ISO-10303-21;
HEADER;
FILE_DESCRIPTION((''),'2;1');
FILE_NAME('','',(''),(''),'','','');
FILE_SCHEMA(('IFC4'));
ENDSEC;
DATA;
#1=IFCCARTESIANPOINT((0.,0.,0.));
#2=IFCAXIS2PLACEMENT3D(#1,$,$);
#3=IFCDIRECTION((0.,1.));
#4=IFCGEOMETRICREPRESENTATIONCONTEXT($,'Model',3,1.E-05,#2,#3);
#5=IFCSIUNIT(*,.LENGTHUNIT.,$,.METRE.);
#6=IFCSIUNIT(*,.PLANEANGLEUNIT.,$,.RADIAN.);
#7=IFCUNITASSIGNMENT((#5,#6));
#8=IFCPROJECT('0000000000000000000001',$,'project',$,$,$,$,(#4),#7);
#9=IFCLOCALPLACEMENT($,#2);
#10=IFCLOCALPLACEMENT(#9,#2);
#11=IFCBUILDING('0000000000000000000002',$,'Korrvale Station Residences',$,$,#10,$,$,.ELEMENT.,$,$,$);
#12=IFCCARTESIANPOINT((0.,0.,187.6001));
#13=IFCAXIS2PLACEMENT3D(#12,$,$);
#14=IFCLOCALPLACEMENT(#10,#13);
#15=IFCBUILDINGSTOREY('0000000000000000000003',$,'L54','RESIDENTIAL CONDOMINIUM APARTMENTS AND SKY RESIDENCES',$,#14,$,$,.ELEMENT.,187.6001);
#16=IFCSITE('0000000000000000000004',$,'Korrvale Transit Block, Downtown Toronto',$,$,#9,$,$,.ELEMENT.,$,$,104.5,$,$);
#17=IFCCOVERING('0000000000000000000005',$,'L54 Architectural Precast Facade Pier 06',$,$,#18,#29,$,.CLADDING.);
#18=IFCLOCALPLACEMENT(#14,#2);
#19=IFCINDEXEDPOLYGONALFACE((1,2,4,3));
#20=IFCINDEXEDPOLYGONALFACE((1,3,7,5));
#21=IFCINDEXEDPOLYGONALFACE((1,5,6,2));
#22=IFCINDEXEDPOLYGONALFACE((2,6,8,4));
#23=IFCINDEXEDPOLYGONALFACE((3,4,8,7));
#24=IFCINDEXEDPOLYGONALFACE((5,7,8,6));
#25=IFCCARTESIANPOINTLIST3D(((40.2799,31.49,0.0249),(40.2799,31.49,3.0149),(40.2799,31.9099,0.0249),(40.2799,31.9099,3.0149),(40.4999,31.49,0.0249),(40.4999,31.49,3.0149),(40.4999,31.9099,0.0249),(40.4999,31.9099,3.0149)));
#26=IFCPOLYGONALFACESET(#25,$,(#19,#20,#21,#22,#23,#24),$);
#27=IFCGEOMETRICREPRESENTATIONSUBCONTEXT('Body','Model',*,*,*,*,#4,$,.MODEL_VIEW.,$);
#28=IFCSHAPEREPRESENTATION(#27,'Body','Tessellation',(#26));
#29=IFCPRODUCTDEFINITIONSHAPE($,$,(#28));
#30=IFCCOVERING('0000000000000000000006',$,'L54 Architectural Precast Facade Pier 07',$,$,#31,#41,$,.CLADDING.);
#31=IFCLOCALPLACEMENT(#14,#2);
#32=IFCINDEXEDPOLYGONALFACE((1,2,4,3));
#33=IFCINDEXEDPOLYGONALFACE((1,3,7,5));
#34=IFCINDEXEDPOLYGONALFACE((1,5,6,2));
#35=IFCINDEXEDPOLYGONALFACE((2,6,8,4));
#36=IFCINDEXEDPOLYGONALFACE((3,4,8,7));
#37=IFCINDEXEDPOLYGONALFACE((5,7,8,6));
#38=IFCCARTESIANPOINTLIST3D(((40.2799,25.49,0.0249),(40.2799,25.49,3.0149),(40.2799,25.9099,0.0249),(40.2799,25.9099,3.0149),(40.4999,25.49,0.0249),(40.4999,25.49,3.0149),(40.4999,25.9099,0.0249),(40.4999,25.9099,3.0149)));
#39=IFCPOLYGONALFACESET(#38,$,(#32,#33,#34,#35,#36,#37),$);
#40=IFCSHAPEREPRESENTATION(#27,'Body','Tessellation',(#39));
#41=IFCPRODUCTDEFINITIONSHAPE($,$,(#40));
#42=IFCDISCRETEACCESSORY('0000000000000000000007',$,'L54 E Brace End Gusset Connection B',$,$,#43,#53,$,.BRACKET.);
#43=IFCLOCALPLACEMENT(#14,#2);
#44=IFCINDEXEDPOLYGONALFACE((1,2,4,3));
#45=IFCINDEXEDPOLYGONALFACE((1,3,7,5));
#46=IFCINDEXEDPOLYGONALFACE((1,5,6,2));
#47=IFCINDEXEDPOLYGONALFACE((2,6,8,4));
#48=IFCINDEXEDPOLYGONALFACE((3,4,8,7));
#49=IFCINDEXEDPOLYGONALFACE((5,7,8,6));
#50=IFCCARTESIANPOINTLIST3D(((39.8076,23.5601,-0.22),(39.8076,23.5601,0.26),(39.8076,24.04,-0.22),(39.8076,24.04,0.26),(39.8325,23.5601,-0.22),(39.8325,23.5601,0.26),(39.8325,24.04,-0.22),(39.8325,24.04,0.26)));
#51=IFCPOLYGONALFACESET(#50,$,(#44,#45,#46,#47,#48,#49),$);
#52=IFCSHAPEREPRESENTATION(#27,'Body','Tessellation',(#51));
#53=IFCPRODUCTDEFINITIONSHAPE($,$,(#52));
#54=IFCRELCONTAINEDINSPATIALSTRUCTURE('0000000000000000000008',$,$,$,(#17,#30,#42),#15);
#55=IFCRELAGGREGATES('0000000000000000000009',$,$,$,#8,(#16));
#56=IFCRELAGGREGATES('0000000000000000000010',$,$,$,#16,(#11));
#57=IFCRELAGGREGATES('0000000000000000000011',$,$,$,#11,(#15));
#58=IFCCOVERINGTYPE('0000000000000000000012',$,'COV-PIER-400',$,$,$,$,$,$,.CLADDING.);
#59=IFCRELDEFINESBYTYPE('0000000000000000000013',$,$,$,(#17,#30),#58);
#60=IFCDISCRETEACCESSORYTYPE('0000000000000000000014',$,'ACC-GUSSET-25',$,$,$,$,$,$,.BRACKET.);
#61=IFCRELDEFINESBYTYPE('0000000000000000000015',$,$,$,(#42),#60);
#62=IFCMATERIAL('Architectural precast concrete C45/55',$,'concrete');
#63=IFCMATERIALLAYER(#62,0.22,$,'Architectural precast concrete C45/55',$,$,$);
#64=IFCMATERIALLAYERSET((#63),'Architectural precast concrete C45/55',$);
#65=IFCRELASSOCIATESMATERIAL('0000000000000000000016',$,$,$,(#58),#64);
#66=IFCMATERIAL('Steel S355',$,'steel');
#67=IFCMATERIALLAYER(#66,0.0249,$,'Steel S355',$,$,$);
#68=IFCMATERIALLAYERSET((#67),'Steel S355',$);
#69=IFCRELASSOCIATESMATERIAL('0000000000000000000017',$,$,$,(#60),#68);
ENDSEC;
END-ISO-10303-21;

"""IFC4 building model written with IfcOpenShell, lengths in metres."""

from ifc_helpers import new_model, si_unit, direction, frame, origin, origin_2d, place, context, subcontext, project, spatial, rectangle, extrude, material, layer, layer_set, type_object, element, save


model = new_model("IFC4")

# Units and contexts
model_context = context("Model", 3, precision=1e-05, world=origin(), true_north=direction((0.0, 1.0)))
body_context = subcontext(model_context, "Body", "Model", "MODEL_VIEW")
ifc_project = project(units=[si_unit("LENGTHUNIT", "METRE"), si_unit("PLANEANGLEUNIT", "RADIAN")], contexts=[model_context])

# Site, building, storey
site_placement = place(None, origin())
site = spatial("IfcSite", under=ifc_project, at=site_placement, Name="Korrvale Transit Block, Downtown Toronto", CompositionType="ELEMENT", RefElevation=104.5)
building_placement = place(site_placement, origin())
building = spatial("IfcBuilding", under=site, at=building_placement, Name="Korrvale Station Residences", CompositionType="ELEMENT")
storey_placement = place(building_placement, frame((0.0, 0.0, 187.6001)))
storey = spatial("IfcBuildingStorey", under=building, at=storey_placement, Name="L54", Description="RESIDENTIAL CONDOMINIUM APARTMENTS AND SKY RESIDENCES", CompositionType="ELEMENT", Elevation=187.6001)

# Shared definitions
ifc_material_1 = material(Name="Steel S355", Category="steel")

# Coverings
ifc_material_2 = material(Name="Architectural precast concrete C45/55", Category="concrete")
ifc_layer_1 = layer(ifc_material_2, 0.22, Name="Architectural precast concrete C45/55")
ifc_layer_set_1 = layer_set([ifc_layer_1], Name="Architectural precast concrete C45/55")
covering_type = type_object("IfcCoveringType", Name="COV-PIER-400", PredefinedType="CLADDING", material=ifc_layer_set_1)
for number, where, z_axis, x_axis, name in (
    (1, (40.3899, 31.7, 0.0249), (0.0, 0.0, 1.0), (0.0, 1.0, 0.0), "L54 Architectural Precast Facade Pier 06"),
    (2, (40.3899, 25.7, 0.0249), (0.0, 0.0, 1.0), (0.0, 1.0, 0.0), "L54 Architectural Precast Facade Pier 07"),
):
    element("IfcCovering", number, at=place(storey_placement, frame(where, z_axis=z_axis, x_axis=x_axis)), inside=storey, type_object=covering_type, Name=name, PredefinedType="CLADDING", context=body_context, shape_type="SweptSolid", body=[
        extrude(rectangle(XDim=0.4199, YDim=0.22, at=origin_2d()), origin(), (0.0, 0.0, 1.0), 2.99),
    ])

# Discrete accessory
ifc_layer_2 = layer(ifc_material_1, 0.0249, Name="Steel S355")
ifc_layer_set_2 = layer_set([ifc_layer_2], Name="Steel S355")
discrete_accessory_type = type_object("IfcDiscreteAccessoryType", Name="ACC-GUSSET-25", PredefinedType="BRACKET", material=ifc_layer_set_2)
discrete_accessory_placement = place(storey_placement, frame((39.8201, 23.8, -0.22), z_axis=(0.0, 0.0, 1.0), x_axis=(0.0, 1.0, 0.0)))
element("IfcDiscreteAccessory", 3, at=discrete_accessory_placement, inside=storey, type_object=discrete_accessory_type, Name="L54 E Brace End Gusset Connection B", PredefinedType="BRACKET", context=body_context, shape_type="SweptSolid", body=[
    extrude(rectangle(XDim=0.48, YDim=0.0249, at=origin_2d()), origin(), (0.0, 0.0, 1.0), 0.48),
])

save(model, "model.ifc")
